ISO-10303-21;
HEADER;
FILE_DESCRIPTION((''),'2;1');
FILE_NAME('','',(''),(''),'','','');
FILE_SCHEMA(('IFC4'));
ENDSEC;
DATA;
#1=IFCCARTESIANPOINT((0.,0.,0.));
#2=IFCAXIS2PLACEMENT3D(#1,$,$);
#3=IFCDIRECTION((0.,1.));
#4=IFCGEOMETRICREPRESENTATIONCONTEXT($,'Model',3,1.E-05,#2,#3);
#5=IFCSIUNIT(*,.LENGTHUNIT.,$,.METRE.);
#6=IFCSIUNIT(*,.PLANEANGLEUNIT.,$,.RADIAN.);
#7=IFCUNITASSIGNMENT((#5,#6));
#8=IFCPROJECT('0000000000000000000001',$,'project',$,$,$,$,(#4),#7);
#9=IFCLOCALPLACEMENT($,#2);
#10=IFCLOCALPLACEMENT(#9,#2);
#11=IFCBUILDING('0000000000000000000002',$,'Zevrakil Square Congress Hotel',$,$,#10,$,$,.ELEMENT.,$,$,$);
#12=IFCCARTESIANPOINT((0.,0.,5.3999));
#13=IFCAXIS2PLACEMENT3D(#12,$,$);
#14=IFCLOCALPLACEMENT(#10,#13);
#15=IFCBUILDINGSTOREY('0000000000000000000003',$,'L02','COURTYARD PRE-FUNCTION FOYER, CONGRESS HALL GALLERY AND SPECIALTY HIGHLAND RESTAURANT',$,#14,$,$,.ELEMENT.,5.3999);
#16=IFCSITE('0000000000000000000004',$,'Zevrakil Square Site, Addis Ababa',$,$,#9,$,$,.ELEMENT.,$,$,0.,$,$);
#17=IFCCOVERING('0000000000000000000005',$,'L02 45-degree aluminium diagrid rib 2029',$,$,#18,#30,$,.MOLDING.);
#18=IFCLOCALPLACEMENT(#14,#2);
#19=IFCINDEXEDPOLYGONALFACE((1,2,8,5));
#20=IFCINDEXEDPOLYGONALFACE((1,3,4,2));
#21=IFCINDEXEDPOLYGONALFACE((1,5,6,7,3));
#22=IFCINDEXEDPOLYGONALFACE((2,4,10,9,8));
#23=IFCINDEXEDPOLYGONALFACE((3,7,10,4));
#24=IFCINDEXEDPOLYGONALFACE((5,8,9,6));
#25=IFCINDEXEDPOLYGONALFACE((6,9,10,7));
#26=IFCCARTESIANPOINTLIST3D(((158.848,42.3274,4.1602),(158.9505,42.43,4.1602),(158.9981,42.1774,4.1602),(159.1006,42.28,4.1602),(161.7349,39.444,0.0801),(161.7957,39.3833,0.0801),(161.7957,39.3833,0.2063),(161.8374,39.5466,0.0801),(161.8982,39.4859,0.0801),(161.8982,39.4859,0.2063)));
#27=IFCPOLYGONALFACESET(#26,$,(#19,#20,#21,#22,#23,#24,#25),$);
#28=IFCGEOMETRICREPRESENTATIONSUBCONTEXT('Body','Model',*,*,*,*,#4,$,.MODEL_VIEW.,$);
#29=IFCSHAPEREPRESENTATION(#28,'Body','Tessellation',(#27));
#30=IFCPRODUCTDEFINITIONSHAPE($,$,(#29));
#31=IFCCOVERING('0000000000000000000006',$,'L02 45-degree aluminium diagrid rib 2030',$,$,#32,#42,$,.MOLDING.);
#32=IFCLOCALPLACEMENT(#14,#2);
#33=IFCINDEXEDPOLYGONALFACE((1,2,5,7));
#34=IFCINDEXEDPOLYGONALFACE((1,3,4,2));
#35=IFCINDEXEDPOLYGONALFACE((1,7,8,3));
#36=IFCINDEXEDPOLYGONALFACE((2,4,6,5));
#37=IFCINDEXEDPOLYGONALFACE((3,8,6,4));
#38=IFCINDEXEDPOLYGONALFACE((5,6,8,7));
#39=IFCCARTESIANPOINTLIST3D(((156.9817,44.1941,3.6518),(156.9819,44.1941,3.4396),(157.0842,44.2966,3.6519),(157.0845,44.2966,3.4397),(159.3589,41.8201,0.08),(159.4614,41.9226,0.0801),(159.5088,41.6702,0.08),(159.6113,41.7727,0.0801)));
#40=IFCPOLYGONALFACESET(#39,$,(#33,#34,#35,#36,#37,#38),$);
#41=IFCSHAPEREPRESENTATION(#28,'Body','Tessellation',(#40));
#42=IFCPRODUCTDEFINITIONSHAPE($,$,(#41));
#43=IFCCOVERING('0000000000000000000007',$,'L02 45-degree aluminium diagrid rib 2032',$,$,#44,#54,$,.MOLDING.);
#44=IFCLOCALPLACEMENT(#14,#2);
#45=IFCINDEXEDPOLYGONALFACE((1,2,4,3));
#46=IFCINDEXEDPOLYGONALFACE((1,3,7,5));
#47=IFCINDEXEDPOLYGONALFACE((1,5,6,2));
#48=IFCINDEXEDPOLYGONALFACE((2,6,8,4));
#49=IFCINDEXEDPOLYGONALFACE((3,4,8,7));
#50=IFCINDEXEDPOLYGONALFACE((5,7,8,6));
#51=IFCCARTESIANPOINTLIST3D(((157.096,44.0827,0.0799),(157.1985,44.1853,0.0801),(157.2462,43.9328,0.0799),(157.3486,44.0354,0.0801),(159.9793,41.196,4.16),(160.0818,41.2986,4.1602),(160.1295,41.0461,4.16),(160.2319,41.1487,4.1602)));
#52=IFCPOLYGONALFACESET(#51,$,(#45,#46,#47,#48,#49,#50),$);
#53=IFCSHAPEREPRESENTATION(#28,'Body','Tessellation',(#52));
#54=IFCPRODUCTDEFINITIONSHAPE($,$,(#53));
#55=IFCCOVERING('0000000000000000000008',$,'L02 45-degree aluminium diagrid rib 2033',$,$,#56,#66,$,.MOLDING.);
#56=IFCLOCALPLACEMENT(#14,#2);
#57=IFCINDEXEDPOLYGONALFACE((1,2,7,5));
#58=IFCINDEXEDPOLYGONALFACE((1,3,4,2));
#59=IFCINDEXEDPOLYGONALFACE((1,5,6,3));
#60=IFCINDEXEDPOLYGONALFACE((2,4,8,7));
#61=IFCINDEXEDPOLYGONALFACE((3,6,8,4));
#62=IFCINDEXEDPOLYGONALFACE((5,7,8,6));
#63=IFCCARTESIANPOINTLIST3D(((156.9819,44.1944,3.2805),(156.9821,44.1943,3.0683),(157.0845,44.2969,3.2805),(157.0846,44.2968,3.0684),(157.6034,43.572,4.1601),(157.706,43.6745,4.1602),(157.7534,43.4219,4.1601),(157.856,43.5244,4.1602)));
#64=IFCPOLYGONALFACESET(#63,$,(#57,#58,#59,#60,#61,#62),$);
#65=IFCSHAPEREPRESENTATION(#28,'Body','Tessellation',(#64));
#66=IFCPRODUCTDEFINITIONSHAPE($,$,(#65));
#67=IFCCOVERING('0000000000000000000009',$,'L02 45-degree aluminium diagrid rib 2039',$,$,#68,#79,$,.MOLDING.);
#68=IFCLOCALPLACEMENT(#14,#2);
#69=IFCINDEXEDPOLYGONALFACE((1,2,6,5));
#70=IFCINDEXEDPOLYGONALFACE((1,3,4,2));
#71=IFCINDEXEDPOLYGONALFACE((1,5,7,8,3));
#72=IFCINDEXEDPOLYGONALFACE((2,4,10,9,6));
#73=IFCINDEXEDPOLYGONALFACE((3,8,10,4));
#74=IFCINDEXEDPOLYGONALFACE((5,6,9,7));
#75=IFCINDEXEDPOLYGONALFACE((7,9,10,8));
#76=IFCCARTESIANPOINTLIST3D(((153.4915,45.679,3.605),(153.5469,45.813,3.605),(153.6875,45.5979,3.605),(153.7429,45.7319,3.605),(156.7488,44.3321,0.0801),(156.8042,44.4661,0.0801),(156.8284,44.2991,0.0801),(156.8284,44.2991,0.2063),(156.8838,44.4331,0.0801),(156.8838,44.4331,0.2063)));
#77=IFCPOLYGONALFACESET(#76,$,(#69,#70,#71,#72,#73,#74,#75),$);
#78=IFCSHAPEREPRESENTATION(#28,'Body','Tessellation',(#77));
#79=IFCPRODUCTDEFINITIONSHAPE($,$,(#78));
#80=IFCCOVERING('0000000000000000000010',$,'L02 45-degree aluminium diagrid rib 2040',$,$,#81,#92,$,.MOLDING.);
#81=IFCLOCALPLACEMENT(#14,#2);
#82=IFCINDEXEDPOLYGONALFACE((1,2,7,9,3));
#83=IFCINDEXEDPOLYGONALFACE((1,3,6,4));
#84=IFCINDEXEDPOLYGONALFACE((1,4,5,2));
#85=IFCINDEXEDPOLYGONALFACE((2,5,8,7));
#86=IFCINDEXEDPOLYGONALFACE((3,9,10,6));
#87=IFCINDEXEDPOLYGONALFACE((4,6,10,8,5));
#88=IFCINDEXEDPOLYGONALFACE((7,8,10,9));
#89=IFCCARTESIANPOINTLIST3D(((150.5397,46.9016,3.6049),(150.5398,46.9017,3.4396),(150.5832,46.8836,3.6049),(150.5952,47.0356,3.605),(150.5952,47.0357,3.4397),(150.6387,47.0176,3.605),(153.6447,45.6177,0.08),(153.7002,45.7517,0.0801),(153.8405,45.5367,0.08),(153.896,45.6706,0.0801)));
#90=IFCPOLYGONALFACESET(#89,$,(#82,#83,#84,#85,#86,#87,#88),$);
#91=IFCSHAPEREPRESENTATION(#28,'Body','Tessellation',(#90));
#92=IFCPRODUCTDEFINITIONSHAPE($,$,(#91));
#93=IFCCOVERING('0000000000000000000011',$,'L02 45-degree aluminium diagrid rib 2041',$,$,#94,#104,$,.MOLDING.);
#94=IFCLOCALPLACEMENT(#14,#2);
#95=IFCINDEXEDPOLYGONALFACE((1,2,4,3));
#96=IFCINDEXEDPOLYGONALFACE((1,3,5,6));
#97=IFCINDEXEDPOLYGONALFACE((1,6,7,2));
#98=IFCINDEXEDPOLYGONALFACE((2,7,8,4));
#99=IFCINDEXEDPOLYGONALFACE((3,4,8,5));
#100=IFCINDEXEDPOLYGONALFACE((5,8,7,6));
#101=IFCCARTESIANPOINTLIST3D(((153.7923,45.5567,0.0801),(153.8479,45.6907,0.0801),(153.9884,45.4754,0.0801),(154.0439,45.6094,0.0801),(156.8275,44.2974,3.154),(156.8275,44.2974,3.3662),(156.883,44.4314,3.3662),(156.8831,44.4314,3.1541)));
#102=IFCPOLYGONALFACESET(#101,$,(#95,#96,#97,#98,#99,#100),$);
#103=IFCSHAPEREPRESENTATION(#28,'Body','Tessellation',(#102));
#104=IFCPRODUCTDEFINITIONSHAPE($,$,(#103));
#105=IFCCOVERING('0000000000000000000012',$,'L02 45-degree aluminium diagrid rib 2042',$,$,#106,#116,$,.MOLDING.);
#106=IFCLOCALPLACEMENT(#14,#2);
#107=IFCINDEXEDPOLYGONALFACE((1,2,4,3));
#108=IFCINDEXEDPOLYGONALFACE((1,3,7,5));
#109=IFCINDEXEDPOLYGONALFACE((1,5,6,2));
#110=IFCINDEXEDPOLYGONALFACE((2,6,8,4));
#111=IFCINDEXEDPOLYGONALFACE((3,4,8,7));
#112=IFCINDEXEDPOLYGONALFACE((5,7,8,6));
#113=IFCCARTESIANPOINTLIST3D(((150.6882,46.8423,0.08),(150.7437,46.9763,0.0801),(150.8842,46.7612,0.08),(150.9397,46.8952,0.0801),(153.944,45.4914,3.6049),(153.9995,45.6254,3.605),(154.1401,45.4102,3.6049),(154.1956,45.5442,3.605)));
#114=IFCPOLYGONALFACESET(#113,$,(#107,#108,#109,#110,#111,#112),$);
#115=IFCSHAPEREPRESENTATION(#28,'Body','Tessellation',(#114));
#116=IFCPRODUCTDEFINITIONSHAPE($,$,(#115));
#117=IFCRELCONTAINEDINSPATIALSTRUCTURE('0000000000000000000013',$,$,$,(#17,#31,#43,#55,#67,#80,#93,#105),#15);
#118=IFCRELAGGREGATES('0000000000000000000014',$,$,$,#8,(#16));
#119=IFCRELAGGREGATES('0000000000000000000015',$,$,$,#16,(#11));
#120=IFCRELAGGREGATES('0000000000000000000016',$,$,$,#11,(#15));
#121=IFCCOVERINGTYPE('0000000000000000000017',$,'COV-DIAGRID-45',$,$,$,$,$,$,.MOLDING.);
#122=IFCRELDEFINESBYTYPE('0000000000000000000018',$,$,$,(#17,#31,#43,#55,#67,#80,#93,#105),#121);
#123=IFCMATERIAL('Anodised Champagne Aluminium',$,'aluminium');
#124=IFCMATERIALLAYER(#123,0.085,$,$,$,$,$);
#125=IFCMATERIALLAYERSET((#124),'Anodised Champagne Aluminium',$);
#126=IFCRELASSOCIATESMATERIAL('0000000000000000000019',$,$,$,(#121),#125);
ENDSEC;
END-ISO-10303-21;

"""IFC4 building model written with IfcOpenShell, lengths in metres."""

from ifc_helpers import new_model, si_unit, direction, frame, origin, place, context, subcontext, project, spatial, polyline, outline, extrude, material, layer, layer_set, type_object, element, save


model = new_model("IFC4")

# Units and contexts
model_context = context("Model", 3, precision=1e-05, world=origin(), true_north=direction((0.0, 1.0)))
body_context = subcontext(model_context, "Body", "Model", "MODEL_VIEW")
ifc_project = project(units=[si_unit("LENGTHUNIT", "METRE"), si_unit("PLANEANGLEUNIT", "RADIAN")], contexts=[model_context])

# Site, building, storey
site_placement = place(None, origin())
site = spatial("IfcSite", under=ifc_project, at=site_placement, Name="Zevrakil Square Site, Addis Ababa", CompositionType="ELEMENT", RefElevation=0.0)
building_placement = place(site_placement, origin())
building = spatial("IfcBuilding", under=site, at=building_placement, Name="Zevrakil Square Congress Hotel", CompositionType="ELEMENT")
storey_placement = place(building_placement, frame((0.0, 0.0, 5.3999)))
storey = spatial("IfcBuildingStorey", under=building, at=storey_placement, Name="L02", Description="COURTYARD PRE-FUNCTION FOYER, CONGRESS HALL GALLERY AND SPECIALTY HIGHLAND RESTAURANT", CompositionType="ELEMENT", Elevation=5.3999)

# Coverings
ifc_material_1 = material(Name="Anodised Champagne Aluminium", Category="aluminium")
ifc_layer_1 = layer(ifc_material_1, 0.085)
ifc_layer_set_1 = layer_set([ifc_layer_1], Name="Anodised Champagne Aluminium")
covering_type_1 = type_object("IfcCoveringType", Name="COV-DIAGRID-45", PredefinedType="MOLDING", material=ifc_layer_set_1)
covering_1_placement = place(storey_placement, frame((161.8374, 39.5466, 0.0801), z_axis=(0.706691, 0.707523, 0.000031), x_axis=(0.707523, -0.706691, 0.0)))
element("IfcCovering", 1, at=covering_1_placement, inside=storey, type_object=covering_type_1, Name="L02 45-degree aluminium diagrid rib 2029", PredefinedType="MOLDING", context=body_context, shape_type="SweptSolid", body=[
    extrude(outline(polyline([(0.0, 0.0), (0.086, 0.0), (0.086, -0.1262), (-3.868, -4.0801), (-4.0802, -4.0801), (0.0, 0.0)])), origin(), (0.0, 0.0, -1.0), 0.145),
])
covering_2_placement = place(storey_placement, frame((159.4614, 41.9226, 0.0801), z_axis=(0.707174, 0.707039, 0.000718), x_axis=(0.707039, -0.707174, 0.0)))
element("IfcCovering", 2, at=covering_2_placement, inside=storey, type_object=covering_type_1, Name="L02 45-degree aluminium diagrid rib 2030", PredefinedType="MOLDING", context=body_context, shape_type="SweptSolid", body=[
    extrude(outline(polyline([(0.0, 0.0), (0.212, 0.0), (-3.3596, -3.5718), (-3.3594, -3.3596), (0.0, 0.0)])), origin(), (0.0, 0.0, -1.0), 0.145),
])
covering_3_placement = place(storey_placement, frame((160.2319, 41.1487, 4.1602), z_axis=(0.70653, 0.707681, 0.001406), x_axis=(-0.707682, 0.706531, 0.0)))
element("IfcCovering", 3, at=covering_3_placement, inside=storey, type_object=covering_type_1, Name="L02 45-degree aluminium diagrid rib 2032", PredefinedType="MOLDING", context=body_context, shape_type="SweptSolid", body=[
    extrude(outline(polyline([(0.0, 0.0), (0.2122, 0.0), (4.2922, -4.0801), (4.08, -4.0801), (0.0, 0.0)])), origin(), (0.0, 0.0, -1.0), 0.145),
])
covering_4_placement = place(storey_placement, frame((157.856, 43.5244, 4.1602), z_axis=(0.707354, 0.706859, 0.00035), x_axis=(-0.706859, 0.707354, 0.0)))
element("IfcCovering", 4, at=covering_4_placement, inside=storey, type_object=covering_type_1, Name="L02 45-degree aluminium diagrid rib 2033", PredefinedType="MOLDING", context=body_context, shape_type="SweptSolid", body=[
    extrude(outline(polyline([(0.0, 0.0), (0.2122, 0.0), (1.0917, -0.8796), (1.0916, -1.0918), (0.0, 0.0)])), origin(), (0.0, 0.0, -1.0), 0.145),
])
covering_5_placement = place(storey_placement, frame((156.8042, 44.4661, 0.0801), z_axis=(0.382205, 0.924078, 0.000074), x_axis=(0.924078, -0.382205, 0.0)))
element("IfcCovering", 5, at=covering_5_placement, inside=storey, type_object=covering_type_1, Name="L02 45-degree aluminium diagrid rib 2039", PredefinedType="MOLDING", context=body_context, shape_type="SweptSolid", body=[
    extrude(outline(polyline([(0.0, 0.0), (0.0861, 0.0), (0.0861, -0.1262), (-3.3127, -3.5249), (-3.5248, -3.5249), (0.0, 0.0)])), origin(), (0.0, 0.0, -1.0), 0.145),
])
covering_6_placement = place(storey_placement, frame((153.7002, 45.7517, 0.0801), z_axis=(0.382508, 0.923952, 0.000404), x_axis=(0.923952, -0.382508, 0.0)))
element("IfcCovering", 6, at=covering_6_placement, inside=storey, type_object=covering_type_1, Name="L02 45-degree aluminium diagrid rib 2040", PredefinedType="MOLDING", context=body_context, shape_type="SweptSolid", body=[
    extrude(outline(polyline([(0.0, 0.0), (0.2119, 0.0), (-3.3129, -3.5249), (-3.36, -3.5249), (-3.36, -3.3596), (0.0, 0.0)])), origin(), (0.0, 0.0, -1.0), 0.145),
])
covering_7_placement = place(storey_placement, frame((156.8831, 44.4314, 3.1541), z_axis=(0.383145, 0.923688, 0.000089), x_axis=(-0.000034, -0.000082, 1.0)))
element("IfcCovering", 7, at=covering_7_placement, inside=storey, type_object=covering_type_1, Name="L02 45-degree aluminium diagrid rib 2041", PredefinedType="MOLDING", context=body_context, shape_type="SweptSolid", body=[
    extrude(outline(polyline([(0.0, 0.0), (0.2122, 0.0), (-3.074, -3.286), (-3.074, -3.0738), (0.0, 0.0)])), origin(), (0.0, 0.0, -1.0), 0.145),
])
covering_8_placement = place(storey_placement, frame((154.1956, 45.5442, 3.605), z_axis=(0.382572, 0.923925, 0.000732), x_axis=(-0.923926, 0.382572, 0.0)))
element("IfcCovering", 8, at=covering_8_placement, inside=storey, type_object=covering_type_1, Name="L02 45-degree aluminium diagrid rib 2042", PredefinedType="MOLDING", context=body_context, shape_type="SweptSolid", body=[
    extrude(outline(polyline([(0.0, 0.0), (0.2122, 0.0), (3.7372, -3.5249), (3.5251, -3.5249), (0.0, 0.0)])), origin(), (0.0, 0.0, -1.0), 0.145),
])

save(model, "model.ifc")
